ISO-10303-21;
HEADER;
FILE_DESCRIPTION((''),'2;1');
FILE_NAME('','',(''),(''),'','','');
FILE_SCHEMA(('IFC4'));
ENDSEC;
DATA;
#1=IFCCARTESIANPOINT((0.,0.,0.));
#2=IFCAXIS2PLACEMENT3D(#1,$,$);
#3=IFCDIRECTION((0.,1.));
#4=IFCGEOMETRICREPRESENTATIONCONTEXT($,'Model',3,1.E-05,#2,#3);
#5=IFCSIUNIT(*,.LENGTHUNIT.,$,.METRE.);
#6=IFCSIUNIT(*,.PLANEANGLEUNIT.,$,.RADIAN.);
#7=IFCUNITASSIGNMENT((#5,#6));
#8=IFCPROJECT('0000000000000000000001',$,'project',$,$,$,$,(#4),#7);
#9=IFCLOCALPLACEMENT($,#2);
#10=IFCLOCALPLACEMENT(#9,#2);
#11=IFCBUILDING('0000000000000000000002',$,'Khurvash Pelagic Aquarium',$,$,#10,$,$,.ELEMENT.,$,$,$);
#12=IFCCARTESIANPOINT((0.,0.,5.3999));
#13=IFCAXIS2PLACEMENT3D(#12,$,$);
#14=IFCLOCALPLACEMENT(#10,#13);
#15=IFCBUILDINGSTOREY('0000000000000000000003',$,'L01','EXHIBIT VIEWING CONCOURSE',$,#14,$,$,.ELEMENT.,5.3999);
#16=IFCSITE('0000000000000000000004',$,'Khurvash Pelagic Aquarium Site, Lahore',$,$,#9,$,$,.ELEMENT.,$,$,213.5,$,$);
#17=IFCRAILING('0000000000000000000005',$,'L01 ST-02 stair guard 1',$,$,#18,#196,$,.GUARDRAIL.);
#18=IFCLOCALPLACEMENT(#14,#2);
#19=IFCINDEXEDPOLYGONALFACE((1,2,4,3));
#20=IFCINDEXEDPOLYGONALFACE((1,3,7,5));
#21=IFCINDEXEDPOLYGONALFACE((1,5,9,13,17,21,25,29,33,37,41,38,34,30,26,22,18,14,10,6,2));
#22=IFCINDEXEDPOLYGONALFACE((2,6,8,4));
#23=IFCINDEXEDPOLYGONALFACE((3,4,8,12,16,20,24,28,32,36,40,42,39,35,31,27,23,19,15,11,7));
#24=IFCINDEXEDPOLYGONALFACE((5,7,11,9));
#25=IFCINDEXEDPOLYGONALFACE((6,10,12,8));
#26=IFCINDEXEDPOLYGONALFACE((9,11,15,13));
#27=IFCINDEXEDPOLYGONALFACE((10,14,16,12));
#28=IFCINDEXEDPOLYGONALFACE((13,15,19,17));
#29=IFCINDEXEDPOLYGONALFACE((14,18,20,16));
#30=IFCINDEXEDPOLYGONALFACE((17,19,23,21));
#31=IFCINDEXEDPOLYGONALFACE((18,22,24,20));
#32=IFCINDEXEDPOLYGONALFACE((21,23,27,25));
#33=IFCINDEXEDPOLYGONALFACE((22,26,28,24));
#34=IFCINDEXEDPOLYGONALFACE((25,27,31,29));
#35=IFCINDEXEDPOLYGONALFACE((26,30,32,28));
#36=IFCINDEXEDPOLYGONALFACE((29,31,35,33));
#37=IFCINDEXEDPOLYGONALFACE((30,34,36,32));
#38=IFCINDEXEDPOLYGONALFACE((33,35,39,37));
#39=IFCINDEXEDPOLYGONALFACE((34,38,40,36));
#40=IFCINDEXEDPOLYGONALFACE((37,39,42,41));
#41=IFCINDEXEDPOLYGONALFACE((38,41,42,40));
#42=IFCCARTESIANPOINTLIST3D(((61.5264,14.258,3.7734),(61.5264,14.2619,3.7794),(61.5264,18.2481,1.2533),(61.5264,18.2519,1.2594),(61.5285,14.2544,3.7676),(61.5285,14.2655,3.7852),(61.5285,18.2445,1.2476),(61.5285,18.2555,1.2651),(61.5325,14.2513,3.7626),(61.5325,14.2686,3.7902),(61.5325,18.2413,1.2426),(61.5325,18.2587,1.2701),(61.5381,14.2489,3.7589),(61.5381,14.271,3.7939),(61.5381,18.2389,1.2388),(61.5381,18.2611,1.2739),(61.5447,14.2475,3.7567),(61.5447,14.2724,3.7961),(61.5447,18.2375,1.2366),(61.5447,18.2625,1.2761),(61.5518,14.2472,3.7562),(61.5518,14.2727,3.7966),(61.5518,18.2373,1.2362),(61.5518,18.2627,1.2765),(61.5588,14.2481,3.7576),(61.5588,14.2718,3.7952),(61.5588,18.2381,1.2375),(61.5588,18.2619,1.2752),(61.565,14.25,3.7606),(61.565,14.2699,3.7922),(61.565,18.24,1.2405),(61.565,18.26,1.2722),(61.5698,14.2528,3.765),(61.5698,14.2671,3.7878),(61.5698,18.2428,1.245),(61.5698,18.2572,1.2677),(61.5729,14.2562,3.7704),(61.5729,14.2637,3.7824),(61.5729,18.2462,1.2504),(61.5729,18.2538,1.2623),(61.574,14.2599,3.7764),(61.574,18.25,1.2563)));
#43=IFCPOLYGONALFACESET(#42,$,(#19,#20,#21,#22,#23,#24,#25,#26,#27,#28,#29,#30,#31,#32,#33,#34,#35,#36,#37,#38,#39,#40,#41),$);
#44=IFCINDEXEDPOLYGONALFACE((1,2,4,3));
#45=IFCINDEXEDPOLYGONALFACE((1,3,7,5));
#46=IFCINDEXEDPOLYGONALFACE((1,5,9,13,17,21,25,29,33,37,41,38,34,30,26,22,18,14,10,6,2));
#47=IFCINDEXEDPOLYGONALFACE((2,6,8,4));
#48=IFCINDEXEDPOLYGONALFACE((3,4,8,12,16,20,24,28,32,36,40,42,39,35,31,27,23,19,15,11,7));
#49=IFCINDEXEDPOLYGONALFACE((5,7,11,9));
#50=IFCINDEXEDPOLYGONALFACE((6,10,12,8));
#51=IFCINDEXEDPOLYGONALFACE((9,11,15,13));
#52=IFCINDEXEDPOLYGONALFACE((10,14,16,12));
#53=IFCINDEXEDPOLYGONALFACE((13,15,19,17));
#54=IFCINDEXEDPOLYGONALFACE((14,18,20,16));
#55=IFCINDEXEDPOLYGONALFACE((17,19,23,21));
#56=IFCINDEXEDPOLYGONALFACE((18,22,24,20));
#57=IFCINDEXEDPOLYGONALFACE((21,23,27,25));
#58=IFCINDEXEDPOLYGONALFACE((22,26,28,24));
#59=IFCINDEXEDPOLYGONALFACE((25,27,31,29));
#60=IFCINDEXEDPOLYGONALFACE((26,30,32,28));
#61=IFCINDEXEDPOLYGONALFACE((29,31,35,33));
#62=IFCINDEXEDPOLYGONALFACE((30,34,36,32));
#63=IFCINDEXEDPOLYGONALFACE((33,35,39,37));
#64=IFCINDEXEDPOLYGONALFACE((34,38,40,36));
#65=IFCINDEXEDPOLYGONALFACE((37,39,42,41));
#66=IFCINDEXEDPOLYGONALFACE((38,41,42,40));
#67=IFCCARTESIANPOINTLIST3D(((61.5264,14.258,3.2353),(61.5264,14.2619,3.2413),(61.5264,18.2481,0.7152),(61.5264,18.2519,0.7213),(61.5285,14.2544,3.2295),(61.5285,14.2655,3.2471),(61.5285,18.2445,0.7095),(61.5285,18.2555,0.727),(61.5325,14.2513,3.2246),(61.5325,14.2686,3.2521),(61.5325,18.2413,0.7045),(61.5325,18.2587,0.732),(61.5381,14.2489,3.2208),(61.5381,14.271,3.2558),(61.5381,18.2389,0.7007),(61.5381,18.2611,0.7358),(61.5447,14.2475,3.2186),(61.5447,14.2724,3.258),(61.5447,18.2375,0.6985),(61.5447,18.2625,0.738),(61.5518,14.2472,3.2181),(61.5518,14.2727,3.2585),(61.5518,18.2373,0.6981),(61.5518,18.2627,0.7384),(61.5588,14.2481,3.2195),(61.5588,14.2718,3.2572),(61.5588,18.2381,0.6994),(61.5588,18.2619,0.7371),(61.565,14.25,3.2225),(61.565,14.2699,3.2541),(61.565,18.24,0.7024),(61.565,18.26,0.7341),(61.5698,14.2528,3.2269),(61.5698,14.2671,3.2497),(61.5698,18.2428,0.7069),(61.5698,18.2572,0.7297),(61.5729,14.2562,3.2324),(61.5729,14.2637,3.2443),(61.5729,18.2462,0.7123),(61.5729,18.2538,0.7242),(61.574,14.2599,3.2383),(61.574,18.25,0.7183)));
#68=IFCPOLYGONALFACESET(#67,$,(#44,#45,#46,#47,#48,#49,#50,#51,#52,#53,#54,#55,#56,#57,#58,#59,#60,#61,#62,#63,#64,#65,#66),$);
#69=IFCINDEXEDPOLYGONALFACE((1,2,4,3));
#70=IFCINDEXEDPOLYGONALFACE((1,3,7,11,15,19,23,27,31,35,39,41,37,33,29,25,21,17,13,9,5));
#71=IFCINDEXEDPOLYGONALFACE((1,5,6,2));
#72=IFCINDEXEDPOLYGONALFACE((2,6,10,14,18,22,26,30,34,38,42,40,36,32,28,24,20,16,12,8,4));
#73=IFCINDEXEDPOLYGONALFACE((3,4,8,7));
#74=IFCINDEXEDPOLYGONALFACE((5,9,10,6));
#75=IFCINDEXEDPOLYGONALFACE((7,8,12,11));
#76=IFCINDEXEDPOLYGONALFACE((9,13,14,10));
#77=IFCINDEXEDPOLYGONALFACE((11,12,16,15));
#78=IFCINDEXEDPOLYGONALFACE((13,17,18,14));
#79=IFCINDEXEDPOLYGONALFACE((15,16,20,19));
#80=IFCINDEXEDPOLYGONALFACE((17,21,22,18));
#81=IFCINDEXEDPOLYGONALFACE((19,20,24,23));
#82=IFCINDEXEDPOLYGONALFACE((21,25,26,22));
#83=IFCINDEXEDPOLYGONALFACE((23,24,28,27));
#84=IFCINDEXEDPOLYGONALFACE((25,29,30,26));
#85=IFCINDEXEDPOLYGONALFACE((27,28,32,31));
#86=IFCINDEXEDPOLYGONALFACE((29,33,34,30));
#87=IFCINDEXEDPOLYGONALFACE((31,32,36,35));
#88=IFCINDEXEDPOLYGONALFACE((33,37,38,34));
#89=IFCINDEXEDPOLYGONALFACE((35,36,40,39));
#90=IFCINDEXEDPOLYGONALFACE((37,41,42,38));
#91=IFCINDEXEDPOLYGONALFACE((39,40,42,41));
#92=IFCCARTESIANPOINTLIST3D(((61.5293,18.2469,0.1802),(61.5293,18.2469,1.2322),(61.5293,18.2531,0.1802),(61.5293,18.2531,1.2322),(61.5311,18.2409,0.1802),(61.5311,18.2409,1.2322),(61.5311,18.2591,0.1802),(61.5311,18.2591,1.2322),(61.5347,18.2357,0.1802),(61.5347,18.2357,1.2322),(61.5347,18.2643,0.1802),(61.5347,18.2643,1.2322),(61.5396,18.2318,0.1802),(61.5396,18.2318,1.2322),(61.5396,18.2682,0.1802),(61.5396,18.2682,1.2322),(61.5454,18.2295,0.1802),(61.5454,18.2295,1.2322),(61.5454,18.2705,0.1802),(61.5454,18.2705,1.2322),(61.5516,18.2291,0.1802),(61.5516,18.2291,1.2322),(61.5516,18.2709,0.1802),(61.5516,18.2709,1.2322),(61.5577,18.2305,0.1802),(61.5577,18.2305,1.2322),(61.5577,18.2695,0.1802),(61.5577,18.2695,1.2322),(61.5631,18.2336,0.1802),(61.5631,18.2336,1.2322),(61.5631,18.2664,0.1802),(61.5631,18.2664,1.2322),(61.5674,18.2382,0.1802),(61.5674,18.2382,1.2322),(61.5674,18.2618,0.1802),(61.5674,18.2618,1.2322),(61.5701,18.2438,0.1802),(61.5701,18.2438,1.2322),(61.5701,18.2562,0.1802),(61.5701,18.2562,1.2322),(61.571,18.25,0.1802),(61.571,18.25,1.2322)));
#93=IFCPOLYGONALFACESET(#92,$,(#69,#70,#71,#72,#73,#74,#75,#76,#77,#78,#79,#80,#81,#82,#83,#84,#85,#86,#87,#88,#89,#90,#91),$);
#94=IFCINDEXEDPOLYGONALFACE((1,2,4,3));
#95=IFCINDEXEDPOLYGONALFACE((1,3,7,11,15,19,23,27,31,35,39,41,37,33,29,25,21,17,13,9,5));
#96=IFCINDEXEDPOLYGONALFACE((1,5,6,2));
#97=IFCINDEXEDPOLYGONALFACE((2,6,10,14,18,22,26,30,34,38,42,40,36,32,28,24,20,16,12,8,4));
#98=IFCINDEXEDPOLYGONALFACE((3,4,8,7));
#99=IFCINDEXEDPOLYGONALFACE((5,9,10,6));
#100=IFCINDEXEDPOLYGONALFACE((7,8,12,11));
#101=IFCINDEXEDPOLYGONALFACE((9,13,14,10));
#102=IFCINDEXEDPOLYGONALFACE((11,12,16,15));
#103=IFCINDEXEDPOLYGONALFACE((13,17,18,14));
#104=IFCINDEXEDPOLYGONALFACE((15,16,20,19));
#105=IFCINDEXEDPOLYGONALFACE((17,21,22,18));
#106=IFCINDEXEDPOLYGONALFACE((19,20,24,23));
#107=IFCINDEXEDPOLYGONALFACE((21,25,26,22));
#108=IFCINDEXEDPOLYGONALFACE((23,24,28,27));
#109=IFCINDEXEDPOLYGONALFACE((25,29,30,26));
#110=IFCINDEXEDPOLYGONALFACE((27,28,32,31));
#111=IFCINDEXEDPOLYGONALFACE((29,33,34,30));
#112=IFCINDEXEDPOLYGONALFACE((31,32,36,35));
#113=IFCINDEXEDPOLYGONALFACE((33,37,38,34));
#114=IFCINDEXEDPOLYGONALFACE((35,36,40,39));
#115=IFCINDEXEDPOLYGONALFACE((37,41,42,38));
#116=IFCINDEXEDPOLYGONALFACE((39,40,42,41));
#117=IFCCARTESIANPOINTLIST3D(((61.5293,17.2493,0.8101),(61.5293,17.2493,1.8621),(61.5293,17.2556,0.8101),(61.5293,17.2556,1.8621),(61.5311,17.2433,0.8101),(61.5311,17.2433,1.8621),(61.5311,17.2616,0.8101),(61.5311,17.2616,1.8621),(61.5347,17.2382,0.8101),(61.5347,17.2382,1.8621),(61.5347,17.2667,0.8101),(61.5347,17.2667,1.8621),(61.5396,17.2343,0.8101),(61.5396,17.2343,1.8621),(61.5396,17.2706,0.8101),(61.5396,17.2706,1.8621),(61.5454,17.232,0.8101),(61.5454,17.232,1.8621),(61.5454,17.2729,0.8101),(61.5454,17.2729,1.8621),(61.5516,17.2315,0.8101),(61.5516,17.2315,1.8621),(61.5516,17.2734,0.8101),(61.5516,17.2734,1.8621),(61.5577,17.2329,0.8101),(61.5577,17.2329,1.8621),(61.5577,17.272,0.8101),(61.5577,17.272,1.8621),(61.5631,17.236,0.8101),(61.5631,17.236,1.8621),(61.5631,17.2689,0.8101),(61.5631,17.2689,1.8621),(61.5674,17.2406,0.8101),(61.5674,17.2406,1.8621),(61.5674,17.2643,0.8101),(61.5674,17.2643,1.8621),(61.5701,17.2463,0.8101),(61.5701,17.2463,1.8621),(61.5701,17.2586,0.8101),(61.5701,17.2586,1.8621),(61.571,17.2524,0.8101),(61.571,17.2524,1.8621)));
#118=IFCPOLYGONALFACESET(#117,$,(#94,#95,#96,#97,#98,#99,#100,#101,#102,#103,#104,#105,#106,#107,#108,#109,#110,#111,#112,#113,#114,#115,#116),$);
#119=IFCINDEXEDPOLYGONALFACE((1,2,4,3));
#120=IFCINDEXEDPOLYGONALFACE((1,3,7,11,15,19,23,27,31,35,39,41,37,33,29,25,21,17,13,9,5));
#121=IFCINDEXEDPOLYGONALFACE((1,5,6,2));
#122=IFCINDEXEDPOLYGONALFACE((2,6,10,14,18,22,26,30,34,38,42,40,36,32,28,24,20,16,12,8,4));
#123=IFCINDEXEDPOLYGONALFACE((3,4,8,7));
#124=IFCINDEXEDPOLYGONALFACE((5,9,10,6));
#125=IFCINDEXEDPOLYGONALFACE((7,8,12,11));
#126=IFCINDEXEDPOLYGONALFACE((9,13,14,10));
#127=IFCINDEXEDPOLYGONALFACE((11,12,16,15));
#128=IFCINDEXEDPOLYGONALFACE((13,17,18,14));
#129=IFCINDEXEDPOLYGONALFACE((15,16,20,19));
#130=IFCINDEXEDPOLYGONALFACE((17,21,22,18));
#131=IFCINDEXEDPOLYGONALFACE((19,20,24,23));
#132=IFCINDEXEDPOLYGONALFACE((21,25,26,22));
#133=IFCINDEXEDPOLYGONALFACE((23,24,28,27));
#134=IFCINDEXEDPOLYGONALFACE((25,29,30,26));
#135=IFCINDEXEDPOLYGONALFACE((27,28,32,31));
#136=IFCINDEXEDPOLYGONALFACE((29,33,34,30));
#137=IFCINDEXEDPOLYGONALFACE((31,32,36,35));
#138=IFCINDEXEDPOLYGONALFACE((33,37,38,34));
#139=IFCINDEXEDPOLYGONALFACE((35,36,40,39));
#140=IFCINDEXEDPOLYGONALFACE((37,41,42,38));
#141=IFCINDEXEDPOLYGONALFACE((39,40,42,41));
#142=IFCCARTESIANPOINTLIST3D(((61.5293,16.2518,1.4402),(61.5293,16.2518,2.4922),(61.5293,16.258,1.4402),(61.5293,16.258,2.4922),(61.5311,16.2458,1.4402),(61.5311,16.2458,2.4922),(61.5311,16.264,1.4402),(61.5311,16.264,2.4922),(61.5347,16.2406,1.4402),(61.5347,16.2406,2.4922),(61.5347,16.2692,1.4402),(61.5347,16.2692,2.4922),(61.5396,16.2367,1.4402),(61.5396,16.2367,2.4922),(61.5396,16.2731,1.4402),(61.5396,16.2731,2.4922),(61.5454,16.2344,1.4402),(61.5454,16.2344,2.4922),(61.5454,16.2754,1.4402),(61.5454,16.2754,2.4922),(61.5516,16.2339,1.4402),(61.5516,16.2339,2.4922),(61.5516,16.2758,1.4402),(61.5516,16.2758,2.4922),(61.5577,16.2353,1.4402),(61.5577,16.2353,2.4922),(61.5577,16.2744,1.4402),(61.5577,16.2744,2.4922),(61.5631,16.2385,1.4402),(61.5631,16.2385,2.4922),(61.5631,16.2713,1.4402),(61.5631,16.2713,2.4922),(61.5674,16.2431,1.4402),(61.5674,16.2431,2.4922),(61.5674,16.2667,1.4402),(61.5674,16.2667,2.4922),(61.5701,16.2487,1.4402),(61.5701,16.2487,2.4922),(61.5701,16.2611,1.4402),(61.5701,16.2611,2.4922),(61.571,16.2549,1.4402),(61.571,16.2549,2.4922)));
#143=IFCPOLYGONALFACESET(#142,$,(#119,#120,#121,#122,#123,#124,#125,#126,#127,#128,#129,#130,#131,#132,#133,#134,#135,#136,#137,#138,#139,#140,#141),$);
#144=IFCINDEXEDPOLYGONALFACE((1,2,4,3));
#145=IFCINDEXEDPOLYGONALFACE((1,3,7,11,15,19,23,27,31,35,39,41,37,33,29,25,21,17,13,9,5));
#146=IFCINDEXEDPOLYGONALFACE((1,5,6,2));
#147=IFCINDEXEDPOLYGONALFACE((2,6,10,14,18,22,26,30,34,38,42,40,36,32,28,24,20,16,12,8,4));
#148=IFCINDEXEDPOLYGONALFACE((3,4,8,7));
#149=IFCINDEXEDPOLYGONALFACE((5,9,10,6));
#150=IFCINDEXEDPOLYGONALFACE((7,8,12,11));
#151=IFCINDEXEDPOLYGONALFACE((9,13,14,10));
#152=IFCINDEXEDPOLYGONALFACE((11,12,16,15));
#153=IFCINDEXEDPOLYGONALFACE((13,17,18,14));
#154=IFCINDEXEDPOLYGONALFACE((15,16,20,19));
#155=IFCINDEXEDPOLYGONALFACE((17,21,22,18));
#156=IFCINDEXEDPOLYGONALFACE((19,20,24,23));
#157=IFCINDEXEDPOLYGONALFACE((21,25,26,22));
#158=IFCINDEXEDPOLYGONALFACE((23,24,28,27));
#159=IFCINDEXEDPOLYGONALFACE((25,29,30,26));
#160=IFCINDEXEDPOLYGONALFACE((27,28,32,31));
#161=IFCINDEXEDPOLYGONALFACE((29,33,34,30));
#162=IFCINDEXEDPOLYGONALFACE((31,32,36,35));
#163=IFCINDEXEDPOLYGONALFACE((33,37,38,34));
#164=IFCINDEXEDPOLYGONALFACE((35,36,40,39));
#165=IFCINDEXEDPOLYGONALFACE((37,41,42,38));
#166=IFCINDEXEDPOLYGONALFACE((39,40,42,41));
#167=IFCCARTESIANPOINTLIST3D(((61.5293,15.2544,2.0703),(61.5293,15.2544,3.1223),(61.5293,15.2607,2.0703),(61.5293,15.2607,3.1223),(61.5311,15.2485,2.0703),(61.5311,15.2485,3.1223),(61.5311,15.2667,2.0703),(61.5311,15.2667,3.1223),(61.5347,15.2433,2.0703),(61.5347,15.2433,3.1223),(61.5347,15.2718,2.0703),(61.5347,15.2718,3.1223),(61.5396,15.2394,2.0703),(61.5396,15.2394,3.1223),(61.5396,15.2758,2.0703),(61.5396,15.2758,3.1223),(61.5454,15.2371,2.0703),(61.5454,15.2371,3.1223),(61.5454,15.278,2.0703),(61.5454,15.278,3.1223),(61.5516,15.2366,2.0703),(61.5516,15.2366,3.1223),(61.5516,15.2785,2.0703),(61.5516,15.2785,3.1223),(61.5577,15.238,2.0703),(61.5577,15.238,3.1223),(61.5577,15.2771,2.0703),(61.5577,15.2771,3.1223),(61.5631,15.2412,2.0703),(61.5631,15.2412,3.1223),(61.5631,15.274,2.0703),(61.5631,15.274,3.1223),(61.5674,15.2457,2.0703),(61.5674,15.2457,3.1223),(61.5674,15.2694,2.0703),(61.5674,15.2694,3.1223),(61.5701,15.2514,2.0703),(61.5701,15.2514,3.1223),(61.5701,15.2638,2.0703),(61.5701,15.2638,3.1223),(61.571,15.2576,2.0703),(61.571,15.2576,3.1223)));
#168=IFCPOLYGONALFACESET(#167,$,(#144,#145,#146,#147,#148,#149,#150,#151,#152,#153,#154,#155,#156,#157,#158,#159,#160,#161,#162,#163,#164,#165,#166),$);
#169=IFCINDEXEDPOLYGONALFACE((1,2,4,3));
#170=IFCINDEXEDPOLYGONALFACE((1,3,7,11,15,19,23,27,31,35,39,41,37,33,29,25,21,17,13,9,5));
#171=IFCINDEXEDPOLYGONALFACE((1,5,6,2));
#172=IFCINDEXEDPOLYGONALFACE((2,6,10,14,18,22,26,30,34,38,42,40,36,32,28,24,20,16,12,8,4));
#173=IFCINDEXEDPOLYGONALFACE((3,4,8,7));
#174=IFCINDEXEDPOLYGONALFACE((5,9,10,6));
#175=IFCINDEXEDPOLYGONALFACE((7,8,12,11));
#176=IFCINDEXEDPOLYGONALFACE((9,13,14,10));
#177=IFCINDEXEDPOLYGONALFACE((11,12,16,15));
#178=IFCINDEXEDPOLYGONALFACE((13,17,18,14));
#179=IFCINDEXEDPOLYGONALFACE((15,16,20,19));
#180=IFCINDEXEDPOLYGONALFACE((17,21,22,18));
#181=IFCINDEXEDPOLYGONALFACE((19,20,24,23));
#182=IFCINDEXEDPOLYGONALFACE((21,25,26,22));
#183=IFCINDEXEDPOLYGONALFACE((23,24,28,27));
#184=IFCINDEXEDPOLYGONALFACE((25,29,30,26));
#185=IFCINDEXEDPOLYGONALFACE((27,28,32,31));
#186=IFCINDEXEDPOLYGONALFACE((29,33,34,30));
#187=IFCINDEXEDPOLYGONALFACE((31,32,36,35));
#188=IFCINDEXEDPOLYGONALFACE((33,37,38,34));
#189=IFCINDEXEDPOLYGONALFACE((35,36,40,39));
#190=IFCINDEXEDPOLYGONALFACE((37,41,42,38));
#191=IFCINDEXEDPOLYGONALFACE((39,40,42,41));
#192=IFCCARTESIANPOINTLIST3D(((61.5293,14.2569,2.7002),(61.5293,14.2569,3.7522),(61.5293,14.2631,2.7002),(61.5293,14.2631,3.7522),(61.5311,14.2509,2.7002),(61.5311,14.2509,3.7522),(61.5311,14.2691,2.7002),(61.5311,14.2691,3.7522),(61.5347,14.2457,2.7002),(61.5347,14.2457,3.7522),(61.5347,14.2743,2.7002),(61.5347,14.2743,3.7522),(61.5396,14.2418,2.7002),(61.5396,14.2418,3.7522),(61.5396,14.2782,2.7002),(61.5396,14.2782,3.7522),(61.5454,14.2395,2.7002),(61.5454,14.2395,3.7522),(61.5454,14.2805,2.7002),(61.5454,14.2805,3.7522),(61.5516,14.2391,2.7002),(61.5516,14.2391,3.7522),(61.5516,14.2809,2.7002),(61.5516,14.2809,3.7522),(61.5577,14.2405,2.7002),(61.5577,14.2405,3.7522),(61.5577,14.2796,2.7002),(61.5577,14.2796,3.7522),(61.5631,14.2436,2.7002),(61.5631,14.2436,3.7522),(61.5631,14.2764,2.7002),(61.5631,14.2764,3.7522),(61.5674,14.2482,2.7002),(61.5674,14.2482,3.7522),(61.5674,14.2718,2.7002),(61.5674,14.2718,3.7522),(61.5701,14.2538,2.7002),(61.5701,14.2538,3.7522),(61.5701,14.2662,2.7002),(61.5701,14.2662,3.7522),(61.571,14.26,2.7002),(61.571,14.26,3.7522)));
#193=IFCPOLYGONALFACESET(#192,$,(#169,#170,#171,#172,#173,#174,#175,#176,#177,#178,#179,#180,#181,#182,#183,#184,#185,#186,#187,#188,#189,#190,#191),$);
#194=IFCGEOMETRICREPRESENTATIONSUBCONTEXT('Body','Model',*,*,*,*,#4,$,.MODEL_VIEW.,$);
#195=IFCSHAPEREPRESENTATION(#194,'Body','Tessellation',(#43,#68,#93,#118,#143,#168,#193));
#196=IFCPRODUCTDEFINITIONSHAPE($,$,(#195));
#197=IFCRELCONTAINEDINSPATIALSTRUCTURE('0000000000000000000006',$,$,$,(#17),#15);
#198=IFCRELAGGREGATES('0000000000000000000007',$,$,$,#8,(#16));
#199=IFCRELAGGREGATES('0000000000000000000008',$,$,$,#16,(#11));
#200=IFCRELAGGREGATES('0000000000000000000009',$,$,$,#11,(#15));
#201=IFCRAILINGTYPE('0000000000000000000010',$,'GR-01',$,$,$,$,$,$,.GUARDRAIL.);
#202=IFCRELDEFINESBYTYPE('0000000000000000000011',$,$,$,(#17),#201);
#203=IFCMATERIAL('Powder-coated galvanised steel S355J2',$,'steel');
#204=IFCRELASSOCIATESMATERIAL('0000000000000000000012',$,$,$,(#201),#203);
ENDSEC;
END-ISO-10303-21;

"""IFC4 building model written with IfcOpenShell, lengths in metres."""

from ifc_helpers import new_model, si_unit, direction, frame, origin, origin_2d, place, context, subcontext, project, spatial, circle, extrude, material, type_object, element, save


model = new_model("IFC4")

# Units and contexts
model_context = context("Model", 3, precision=1e-05, world=origin(), true_north=direction((0.0, 1.0)))
body_context = subcontext(model_context, "Body", "Model", "MODEL_VIEW")
ifc_project = project(units=[si_unit("LENGTHUNIT", "METRE"), si_unit("PLANEANGLEUNIT", "RADIAN")], contexts=[model_context])

# Site, building, storey
site_placement = place(None, origin())
site = spatial("IfcSite", under=ifc_project, at=site_placement, Name="Khurvash Pelagic Aquarium Site, Lahore", CompositionType="ELEMENT", RefElevation=213.5)
building_placement = place(site_placement, origin())
building = spatial("IfcBuilding", under=site, at=building_placement, Name="Khurvash Pelagic Aquarium", CompositionType="ELEMENT")
storey_placement = place(building_placement, frame((0.0, 0.0, 5.3999)))
storey = spatial("IfcBuildingStorey", under=building, at=storey_placement, Name="L01", Description="EXHIBIT VIEWING CONCOURSE", CompositionType="ELEMENT", Elevation=5.3999)

# Railing
ifc_material_1 = material(Name="Powder-coated galvanised steel S355J2", Category="steel")
railing_type_1 = type_object("IfcRailingType", Name="GR-01", PredefinedType="GUARDRAIL", material=ifc_material_1)
railing_1_placement = place(storey_placement, frame((61.55, 18.25, 0.1802)))
element("IfcRailing", 1, at=railing_1_placement, inside=storey, type_object=railing_type_1, Name="L01 ST-02 stair guard 1", PredefinedType="GUARDRAIL", context=body_context, shape_type="SweptSolid", body=[
    extrude(circle(Radius=0.0239, at=origin_2d()), frame((0.0, 0.0, 1.0762), z_axis=(0.0, -0.845486, 0.533997), x_axis=(1.0, 0.0, 0.0)), (0.0, 0.0, 1.0), 4.7192),
    extrude(circle(Radius=0.0239, at=origin_2d()), frame((0.0, 0.0, 0.5381), z_axis=(0.0, -0.845486, 0.533997), x_axis=(1.0, 0.0, 0.0)), (0.0, 0.0, 1.0), 4.7192),
    extrude(circle(Radius=0.021, at=origin_2d()), origin(), (0.0, 0.0, 1.0), 1.052),
    extrude(circle(Radius=0.021, at=origin_2d()), frame((0.0, -0.9976, 0.6299)), (0.0, 0.0, 1.0), 1.052),
    extrude(circle(Radius=0.021, at=origin_2d()), frame((0.0, -1.9951, 1.26)), (0.0, 0.0, 1.0), 1.052),
    extrude(circle(Radius=0.021, at=origin_2d()), frame((0.0, -2.9924, 1.8901)), (0.0, 0.0, 1.0), 1.052),
    extrude(circle(Radius=0.021, at=origin_2d()), frame((0.0, -3.99, 2.52)), (0.0, 0.0, 1.0), 1.052),
])

save(model, "model.ifc")
